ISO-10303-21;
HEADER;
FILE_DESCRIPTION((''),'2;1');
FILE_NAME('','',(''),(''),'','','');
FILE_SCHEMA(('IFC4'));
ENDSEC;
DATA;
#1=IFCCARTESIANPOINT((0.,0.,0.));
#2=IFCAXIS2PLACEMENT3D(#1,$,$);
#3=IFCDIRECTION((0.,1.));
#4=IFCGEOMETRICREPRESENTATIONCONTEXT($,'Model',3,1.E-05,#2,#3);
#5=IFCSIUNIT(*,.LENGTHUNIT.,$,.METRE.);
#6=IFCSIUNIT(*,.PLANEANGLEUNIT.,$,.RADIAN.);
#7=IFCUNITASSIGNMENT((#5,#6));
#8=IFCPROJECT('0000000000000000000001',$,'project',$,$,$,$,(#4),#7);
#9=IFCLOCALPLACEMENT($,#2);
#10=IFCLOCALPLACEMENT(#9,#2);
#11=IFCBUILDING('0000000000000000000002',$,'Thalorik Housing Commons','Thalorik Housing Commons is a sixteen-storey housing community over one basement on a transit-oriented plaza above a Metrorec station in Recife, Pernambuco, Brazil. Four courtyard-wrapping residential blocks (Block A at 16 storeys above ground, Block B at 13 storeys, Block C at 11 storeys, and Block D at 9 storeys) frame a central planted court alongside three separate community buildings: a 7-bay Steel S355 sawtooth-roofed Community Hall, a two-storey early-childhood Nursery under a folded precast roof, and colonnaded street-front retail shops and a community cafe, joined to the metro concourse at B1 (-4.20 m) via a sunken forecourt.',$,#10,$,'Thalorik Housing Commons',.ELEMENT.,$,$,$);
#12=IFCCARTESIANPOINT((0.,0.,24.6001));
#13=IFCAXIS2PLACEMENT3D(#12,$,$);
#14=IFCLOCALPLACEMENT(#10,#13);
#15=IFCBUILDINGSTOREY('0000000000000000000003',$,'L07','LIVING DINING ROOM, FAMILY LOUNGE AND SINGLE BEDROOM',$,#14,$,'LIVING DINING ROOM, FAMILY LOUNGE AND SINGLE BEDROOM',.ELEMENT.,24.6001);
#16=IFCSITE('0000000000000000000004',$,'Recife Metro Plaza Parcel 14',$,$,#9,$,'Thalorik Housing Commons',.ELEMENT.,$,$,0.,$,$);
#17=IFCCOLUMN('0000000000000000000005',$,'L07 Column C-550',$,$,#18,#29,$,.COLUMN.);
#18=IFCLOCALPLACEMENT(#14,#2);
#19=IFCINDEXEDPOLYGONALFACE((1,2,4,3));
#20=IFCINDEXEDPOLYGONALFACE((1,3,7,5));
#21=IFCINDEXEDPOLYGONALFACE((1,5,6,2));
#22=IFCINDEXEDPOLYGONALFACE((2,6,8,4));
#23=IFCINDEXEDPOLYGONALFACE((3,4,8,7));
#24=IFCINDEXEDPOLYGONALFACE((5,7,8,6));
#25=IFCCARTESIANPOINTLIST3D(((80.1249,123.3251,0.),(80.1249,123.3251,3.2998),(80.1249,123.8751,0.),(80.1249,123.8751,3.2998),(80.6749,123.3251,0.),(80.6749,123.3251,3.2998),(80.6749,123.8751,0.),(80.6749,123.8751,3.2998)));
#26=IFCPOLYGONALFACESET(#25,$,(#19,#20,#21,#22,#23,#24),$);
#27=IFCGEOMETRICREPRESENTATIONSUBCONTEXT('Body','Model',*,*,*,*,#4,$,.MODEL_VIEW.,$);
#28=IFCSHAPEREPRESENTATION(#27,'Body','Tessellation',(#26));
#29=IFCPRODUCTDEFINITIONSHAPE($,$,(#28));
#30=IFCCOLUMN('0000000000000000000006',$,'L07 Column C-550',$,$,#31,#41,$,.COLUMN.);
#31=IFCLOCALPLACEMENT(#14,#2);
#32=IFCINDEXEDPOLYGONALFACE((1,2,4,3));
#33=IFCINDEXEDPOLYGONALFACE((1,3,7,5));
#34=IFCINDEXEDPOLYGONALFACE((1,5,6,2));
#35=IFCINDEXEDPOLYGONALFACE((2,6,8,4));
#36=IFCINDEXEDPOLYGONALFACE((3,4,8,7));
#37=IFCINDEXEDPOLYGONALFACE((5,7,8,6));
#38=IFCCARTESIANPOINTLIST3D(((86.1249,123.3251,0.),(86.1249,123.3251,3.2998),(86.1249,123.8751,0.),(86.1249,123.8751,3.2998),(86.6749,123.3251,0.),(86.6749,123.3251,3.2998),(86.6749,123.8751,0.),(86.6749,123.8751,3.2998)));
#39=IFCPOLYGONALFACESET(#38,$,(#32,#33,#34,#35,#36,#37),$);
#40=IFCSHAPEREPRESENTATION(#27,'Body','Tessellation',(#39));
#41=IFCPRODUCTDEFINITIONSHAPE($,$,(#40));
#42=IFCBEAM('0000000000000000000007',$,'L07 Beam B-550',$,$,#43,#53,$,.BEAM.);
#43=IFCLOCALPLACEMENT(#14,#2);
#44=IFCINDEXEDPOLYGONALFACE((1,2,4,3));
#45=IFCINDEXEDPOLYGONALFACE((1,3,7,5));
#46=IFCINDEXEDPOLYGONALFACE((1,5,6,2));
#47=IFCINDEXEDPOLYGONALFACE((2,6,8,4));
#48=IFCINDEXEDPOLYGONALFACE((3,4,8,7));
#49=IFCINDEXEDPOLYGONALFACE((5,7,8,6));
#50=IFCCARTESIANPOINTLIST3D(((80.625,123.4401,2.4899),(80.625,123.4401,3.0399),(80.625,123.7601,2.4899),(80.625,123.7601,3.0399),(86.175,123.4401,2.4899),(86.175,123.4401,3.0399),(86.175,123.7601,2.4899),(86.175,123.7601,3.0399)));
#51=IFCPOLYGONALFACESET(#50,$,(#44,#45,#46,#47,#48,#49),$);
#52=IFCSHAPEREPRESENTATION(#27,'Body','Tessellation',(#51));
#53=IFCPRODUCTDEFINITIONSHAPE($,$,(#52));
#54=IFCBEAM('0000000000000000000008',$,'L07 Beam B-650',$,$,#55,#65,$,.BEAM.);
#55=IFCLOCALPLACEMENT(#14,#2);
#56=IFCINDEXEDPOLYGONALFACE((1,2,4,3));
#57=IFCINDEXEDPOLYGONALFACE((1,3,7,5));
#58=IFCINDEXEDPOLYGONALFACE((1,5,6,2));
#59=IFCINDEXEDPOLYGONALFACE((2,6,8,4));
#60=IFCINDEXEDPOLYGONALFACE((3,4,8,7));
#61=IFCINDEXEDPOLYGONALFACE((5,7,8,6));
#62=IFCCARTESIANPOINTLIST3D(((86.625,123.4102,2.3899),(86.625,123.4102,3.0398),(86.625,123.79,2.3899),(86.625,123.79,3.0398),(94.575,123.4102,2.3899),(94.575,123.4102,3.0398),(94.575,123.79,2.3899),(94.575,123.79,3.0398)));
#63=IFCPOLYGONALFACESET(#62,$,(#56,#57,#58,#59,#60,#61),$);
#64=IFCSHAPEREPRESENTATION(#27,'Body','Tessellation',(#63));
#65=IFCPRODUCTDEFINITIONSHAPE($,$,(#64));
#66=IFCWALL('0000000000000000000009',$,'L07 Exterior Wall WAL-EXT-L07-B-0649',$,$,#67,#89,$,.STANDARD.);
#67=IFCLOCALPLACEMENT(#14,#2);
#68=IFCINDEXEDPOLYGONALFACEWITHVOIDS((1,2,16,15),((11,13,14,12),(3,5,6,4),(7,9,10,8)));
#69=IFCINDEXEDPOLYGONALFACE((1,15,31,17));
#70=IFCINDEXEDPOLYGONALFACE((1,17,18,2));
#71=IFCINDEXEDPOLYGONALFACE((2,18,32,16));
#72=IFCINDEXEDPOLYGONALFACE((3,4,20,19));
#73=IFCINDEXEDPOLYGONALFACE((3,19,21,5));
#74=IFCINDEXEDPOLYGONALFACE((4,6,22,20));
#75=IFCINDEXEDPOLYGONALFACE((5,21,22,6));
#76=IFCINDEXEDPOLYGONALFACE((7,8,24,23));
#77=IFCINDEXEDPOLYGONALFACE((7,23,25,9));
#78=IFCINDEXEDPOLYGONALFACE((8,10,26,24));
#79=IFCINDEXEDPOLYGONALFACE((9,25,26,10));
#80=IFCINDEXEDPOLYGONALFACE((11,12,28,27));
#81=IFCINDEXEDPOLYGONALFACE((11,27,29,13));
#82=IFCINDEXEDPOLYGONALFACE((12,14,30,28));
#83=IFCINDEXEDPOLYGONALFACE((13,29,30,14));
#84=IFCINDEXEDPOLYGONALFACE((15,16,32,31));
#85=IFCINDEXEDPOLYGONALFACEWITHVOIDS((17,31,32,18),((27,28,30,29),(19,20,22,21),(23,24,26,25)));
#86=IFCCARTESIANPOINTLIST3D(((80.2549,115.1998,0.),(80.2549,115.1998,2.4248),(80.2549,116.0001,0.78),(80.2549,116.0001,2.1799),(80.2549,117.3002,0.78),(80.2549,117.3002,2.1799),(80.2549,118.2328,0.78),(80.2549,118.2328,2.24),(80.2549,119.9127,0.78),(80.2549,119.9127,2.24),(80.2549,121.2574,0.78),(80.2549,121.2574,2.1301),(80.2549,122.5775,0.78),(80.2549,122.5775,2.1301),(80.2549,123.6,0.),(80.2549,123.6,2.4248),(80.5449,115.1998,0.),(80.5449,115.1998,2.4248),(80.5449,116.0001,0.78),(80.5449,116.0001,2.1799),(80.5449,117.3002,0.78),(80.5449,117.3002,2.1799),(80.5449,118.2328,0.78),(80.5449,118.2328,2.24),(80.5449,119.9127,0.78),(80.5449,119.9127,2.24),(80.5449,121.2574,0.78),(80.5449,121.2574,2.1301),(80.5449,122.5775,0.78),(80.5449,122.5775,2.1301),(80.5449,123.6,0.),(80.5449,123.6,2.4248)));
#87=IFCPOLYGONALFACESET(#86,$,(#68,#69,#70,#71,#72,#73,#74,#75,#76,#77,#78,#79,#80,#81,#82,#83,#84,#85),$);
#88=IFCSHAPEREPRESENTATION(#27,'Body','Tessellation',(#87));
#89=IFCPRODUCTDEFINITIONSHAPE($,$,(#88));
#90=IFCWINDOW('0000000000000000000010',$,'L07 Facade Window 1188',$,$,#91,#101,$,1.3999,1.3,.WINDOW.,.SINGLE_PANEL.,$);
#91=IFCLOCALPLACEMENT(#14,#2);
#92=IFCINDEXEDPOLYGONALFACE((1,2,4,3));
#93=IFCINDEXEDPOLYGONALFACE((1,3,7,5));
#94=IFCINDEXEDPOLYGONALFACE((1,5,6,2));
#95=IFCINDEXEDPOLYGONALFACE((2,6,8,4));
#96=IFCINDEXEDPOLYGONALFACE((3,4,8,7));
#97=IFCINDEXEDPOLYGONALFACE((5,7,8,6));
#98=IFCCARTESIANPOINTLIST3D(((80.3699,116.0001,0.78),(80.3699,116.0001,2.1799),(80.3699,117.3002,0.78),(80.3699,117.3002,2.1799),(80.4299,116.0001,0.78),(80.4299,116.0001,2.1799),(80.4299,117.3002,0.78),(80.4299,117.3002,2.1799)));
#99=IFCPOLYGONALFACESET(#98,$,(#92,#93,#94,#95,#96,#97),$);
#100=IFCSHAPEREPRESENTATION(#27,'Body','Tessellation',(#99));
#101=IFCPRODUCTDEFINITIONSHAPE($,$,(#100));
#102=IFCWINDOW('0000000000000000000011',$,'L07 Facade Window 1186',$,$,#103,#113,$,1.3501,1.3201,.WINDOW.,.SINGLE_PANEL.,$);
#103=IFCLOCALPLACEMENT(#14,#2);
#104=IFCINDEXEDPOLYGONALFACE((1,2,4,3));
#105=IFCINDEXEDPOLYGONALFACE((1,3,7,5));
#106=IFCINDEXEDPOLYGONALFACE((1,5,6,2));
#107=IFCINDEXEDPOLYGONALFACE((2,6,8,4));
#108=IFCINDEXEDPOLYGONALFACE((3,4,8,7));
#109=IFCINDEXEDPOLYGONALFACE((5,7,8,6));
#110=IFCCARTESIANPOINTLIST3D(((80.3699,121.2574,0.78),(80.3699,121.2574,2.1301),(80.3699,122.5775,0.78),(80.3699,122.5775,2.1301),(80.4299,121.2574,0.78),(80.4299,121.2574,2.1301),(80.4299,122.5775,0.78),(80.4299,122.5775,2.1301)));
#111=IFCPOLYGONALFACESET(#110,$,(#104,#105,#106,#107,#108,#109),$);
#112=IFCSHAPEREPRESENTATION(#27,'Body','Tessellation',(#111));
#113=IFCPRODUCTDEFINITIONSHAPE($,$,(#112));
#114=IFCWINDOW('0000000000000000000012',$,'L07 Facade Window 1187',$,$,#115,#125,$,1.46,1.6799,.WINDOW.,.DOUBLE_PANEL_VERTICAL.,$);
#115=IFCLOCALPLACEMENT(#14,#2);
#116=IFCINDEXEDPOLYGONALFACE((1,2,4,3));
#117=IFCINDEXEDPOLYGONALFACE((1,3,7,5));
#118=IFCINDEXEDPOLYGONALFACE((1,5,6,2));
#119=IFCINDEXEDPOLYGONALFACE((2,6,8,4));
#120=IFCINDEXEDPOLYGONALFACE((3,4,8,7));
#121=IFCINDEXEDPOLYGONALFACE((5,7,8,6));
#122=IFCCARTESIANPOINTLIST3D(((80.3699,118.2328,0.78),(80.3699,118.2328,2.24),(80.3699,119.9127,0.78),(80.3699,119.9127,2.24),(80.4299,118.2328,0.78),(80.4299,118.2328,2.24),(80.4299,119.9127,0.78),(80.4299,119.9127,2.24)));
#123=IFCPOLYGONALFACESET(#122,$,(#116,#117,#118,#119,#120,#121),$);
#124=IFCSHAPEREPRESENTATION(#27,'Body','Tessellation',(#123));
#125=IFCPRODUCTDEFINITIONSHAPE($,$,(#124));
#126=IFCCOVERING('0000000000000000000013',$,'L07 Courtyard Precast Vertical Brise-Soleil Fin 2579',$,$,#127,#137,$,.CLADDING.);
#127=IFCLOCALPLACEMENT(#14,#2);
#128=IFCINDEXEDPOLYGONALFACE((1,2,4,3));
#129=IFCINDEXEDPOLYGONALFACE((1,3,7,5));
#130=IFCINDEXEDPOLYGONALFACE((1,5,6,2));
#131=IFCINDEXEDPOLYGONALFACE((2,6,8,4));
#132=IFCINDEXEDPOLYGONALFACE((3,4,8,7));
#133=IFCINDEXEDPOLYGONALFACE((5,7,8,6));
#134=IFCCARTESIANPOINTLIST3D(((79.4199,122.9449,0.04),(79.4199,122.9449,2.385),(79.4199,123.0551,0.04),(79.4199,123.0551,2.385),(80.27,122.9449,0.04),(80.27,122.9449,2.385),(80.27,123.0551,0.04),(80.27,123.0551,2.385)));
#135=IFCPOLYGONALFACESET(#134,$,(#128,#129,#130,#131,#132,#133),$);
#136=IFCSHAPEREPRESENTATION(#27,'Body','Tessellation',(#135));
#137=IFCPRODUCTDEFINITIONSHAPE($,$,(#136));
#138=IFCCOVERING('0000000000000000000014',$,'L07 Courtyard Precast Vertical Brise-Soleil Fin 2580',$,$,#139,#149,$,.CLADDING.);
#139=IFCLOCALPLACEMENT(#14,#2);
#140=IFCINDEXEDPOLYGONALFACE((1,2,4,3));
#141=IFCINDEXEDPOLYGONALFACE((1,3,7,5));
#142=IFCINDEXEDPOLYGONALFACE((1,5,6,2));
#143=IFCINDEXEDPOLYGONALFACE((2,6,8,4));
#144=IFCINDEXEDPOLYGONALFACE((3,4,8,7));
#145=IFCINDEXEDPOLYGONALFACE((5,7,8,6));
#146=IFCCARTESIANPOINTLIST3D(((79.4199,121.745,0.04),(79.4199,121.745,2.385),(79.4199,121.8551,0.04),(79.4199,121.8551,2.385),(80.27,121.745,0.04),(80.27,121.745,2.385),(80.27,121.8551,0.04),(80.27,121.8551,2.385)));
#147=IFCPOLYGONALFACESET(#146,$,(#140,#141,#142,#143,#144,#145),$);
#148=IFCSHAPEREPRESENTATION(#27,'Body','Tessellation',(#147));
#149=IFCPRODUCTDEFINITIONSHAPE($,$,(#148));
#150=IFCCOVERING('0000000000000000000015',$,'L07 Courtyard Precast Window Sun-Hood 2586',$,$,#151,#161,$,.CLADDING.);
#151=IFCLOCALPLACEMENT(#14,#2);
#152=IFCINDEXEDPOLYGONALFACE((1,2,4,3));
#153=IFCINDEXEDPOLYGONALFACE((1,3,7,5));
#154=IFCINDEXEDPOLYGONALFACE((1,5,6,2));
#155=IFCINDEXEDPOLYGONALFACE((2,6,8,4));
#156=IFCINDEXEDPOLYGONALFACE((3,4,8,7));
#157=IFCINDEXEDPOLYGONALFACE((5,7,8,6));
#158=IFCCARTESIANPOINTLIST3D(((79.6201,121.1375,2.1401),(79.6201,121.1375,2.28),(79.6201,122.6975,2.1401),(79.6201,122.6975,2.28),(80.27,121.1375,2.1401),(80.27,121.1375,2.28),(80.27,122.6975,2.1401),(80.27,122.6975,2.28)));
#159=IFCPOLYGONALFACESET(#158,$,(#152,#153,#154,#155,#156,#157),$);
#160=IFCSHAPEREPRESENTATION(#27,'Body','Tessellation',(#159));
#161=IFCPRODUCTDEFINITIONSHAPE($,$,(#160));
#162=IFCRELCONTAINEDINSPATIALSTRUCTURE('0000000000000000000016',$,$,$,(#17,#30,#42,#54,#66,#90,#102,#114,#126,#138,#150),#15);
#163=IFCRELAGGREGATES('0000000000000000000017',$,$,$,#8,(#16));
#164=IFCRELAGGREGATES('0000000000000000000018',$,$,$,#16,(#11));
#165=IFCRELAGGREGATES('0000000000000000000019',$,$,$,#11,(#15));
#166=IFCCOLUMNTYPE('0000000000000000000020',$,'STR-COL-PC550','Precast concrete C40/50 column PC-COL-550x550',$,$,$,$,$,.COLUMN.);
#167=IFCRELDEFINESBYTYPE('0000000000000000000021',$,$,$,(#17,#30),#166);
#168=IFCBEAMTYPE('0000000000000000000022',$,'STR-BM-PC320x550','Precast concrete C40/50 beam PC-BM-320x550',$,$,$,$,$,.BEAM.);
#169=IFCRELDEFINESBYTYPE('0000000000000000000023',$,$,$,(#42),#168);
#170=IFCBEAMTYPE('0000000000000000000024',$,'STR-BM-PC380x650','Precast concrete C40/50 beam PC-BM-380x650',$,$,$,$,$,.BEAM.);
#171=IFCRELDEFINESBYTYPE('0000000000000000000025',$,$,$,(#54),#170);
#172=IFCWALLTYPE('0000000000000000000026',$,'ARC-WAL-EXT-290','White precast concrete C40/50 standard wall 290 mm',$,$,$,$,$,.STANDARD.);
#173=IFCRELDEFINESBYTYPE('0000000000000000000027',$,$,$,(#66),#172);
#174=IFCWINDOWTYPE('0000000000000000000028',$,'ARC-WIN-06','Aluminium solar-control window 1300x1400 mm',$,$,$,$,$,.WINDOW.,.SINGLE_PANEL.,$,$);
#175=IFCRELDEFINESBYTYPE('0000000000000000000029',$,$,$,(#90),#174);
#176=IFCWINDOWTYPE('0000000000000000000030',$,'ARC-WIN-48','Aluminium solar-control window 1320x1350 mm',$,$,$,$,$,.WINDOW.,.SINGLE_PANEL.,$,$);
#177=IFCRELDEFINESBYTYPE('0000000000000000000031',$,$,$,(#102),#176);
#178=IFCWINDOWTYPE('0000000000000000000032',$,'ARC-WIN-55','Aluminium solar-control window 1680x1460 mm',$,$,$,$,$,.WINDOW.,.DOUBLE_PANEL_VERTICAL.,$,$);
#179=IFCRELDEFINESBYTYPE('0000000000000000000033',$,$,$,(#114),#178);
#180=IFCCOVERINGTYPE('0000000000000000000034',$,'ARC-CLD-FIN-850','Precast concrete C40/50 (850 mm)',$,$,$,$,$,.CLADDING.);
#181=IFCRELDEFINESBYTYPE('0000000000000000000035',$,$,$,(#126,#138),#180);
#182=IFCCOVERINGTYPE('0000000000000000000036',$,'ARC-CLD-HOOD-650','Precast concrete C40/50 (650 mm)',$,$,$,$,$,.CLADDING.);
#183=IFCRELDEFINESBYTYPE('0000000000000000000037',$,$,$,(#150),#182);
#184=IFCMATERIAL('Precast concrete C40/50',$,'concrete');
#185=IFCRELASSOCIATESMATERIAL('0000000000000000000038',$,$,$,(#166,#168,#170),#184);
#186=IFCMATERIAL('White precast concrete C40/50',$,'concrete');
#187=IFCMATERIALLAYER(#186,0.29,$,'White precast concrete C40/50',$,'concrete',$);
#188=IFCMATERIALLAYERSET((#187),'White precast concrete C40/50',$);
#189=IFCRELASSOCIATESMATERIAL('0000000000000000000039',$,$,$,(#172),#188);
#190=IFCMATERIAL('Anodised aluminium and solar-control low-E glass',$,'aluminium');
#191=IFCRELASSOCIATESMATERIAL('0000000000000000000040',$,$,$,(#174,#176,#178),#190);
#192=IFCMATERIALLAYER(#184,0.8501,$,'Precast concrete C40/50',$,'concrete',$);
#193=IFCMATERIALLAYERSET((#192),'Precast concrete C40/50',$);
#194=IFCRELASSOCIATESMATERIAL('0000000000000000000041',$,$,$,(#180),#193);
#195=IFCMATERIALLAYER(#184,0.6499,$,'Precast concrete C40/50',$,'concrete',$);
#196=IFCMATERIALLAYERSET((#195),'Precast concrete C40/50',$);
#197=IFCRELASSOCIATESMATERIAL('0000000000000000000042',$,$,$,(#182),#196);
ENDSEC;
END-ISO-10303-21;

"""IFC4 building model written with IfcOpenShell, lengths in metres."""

from ifc_helpers import new_model, si_unit, direction, frame, frame_2d, origin, origin_2d, place, context, subcontext, project, spatial, rectangle, extrude, material, layer, layer_set, material_profile, profile_set, type_object, element, fill, save


model = new_model("IFC4")

# Units and contexts
model_context = context("Model", 3, precision=1e-05, world=origin(), true_north=direction((0.0, 1.0)))
body_context = subcontext(model_context, "Body", "Model", "MODEL_VIEW")
ifc_project = project(units=[si_unit("LENGTHUNIT", "METRE"), si_unit("PLANEANGLEUNIT", "RADIAN")], contexts=[model_context])

# Site, building, storey
site_placement = place(None, origin())
site = spatial("IfcSite", under=ifc_project, at=site_placement, Name="Recife Metro Plaza Parcel 14", LongName="Thalorik Housing Commons", CompositionType="ELEMENT", RefElevation=0.0)
building_placement = place(site_placement, origin())
building = spatial("IfcBuilding", under=site, at=building_placement, Name="Thalorik Housing Commons", Description="Thalorik Housing Commons is a sixteen-storey housing community over one basement on a transit-oriented plaza above a Metrorec station in Recife, Pernambuco, Brazil. Four courtyard-wrapping residential blocks (Block A at 16 storeys above ground, Block B at 13 storeys, Block C at 11 storeys, and Block D at 9 storeys) frame a central planted court alongside three separate community buildings: a 7-bay Steel S355 sawtooth-roofed Community Hall, a two-storey early-childhood Nursery under a folded precast roof, and colonnaded street-front retail shops and a community cafe, joined to the metro concourse at B1 (-4.20 m) via a sunken forecourt.", LongName="Thalorik Housing Commons", CompositionType="ELEMENT")
storey_placement = place(building_placement, frame((0.0, 0.0, 24.6001)))
storey = spatial("IfcBuildingStorey", under=building, at=storey_placement, Name="L07", Description="LIVING DINING ROOM, FAMILY LOUNGE AND SINGLE BEDROOM", LongName="LIVING DINING ROOM, FAMILY LOUNGE AND SINGLE BEDROOM", CompositionType="ELEMENT", Elevation=24.6001)

# Columns
ifc_material_1 = material(Name="Precast concrete C40/50", Category="concrete")
ifc_material_profile_1 = material_profile(ifc_material_1, rectangle(XDim=0.55, YDim=0.55, at=origin_2d()), Name="PC 550x550", Category="concrete")
ifc_profile_set_1 = profile_set([ifc_material_profile_1], Name="Precast concrete C40/50")
column_type = type_object("IfcColumnType", Name="STR-COL-PC550", Description="Precast concrete C40/50 column PC-COL-550x550", PredefinedType="COLUMN", material=ifc_profile_set_1)
for number, where, z_axis, x_axis, name in (
    (1, (80.3999, 123.6001, 0.0), (0.0, 0.0, 1.0), (1.0, 0.0, 0.0), "L07 Column C-550"),
    (2, (86.3999, 123.6001, 0.0), (0.0, 0.0, 1.0), (1.0, 0.0, 0.0), "L07 Column C-550"),
):
    element("IfcColumn", number, at=place(storey_placement, frame(where, z_axis=z_axis, x_axis=x_axis)), inside=storey, type_object=column_type, Name=name, PredefinedType="COLUMN", context=body_context, shape_type="SweptSolid", body=[
        extrude(rectangle(XDim=0.55, YDim=0.55, at=origin_2d()), origin(), (0.0, 0.0, 1.0), 3.2998),
    ])

# Beams
ifc_material_profile_2 = material_profile(ifc_material_1, rectangle(XDim=0.3201, YDim=0.55, at=origin_2d()), Name="PC 320x550", Category="concrete")
ifc_profile_set_2 = profile_set([ifc_material_profile_2], Name="Precast concrete C40/50")
beam_type_1 = type_object("IfcBeamType", Name="STR-BM-PC320x550", Description="Precast concrete C40/50 beam PC-BM-320x550", PredefinedType="BEAM", material=ifc_profile_set_2)
beam_1_placement = place(storey_placement, frame((80.625, 123.6001, 2.7649), z_axis=(1.0, 0.0, 0.0), x_axis=(0.0, 1.0, 0.0)))
element("IfcBeam", 3, at=beam_1_placement, inside=storey, type_object=beam_type_1, Name="L07 Beam B-550", PredefinedType="BEAM", context=body_context, shape_type="SweptSolid", body=[
    extrude(rectangle(XDim=0.3201, YDim=0.55, at=origin_2d()), origin(), (0.0, 0.0, 1.0), 5.55),
])
ifc_material_profile_3 = material_profile(ifc_material_1, rectangle(XDim=0.3799, YDim=0.6499, at=origin_2d()), Name="PC 380x650", Category="concrete")
ifc_profile_set_3 = profile_set([ifc_material_profile_3], Name="Precast concrete C40/50")
beam_type_2 = type_object("IfcBeamType", Name="STR-BM-PC380x650", Description="Precast concrete C40/50 beam PC-BM-380x650", PredefinedType="BEAM", material=ifc_profile_set_3)
beam_2_placement = place(storey_placement, frame((86.625, 123.6001, 2.7148), z_axis=(1.0, 0.0, 0.0), x_axis=(0.0, 1.0, 0.0)))
element("IfcBeam", 4, at=beam_2_placement, inside=storey, type_object=beam_type_2, Name="L07 Beam B-650", PredefinedType="BEAM", context=body_context, shape_type="SweptSolid", body=[
    extrude(rectangle(XDim=0.3799, YDim=0.6499, at=origin_2d()), origin(), (0.0, 0.0, 1.0), 7.95),
])

# Shared definitions
ifc_material_2 = material(Name="White precast concrete C40/50", Category="concrete")
ifc_layer_1 = layer(ifc_material_2, 0.29, Name="White precast concrete C40/50", Category="concrete")
ifc_layer_set_1 = layer_set([ifc_layer_1], Name="White precast concrete C40/50")
wall_type = type_object("IfcWallType", Name="ARC-WAL-EXT-290", Description="White precast concrete C40/50 standard wall 290 mm", PredefinedType="STANDARD", material=ifc_layer_set_1)
ifc_material_3 = material(Name="Anodised aluminium and solar-control low-E glass", Category="aluminium")
window_type_1 = type_object("IfcWindowType", Name="ARC-WIN-06", Description="Aluminium solar-control window 1300x1400 mm", PartitioningType="SINGLE_PANEL", PredefinedType="WINDOW", material=ifc_material_3)

# Wall, openings, windows
wall_1_placement = place(storey_placement, frame((80.3999, 123.6001, 0.0), z_axis=(0.0, 0.0, 1.0), x_axis=(0.0, -1.0, 0.0)))
wall_1 = element("IfcWall", 5, at=wall_1_placement, inside=storey, type_object=wall_type, Name="L07 Exterior Wall WAL-EXT-L07-B-0649", PredefinedType="STANDARD", context=body_context, shape_type="SweptSolid", body=[
    extrude(rectangle(XDim=8.4001, YDim=0.29, at=frame_2d((4.2002, 0.0))), origin(), (0.0, 0.0, 1.0), 2.4248),
])
opening_1_placement = place(wall_1_placement, frame((1.0225, 0.0, 0.78)))
opening_1 = element("IfcOpeningElement", 6, at=opening_1_placement, cuts=wall_1, PredefinedType="OPENING", context=body_context, shape_type="SweptSolid", body=[
    extrude(rectangle(XDim=1.3201, YDim=1.3501, at=frame_2d((0.6602, 0.675))), frame((0.0, 0.155, 0.0), z_axis=(0.0, -1.0, 0.0), x_axis=(1.0, 0.0, 0.0)), (0.0, 0.0, 1.0), 0.3101),
])
opening_2_placement = place(wall_1_placement, frame((3.6875, 0.0, 0.78)))
opening_2 = element("IfcOpeningElement", 7, at=opening_2_placement, cuts=wall_1, PredefinedType="OPENING", context=body_context, shape_type="SweptSolid", body=[
    extrude(rectangle(XDim=1.6799, YDim=1.46, at=frame_2d((0.8398, 0.73))), frame((0.0, 0.155, 0.0), z_axis=(0.0, -1.0, 0.0), x_axis=(1.0, 0.0, 0.0)), (0.0, 0.0, 1.0), 0.3101),
])
opening_3_placement = place(wall_1_placement, frame((6.3, 0.0, 0.78)))
opening_3 = element("IfcOpeningElement", 8, at=opening_3_placement, cuts=wall_1, PredefinedType="OPENING", context=body_context, shape_type="SweptSolid", body=[
    extrude(rectangle(XDim=1.3, YDim=1.3999, at=frame_2d((0.6499, 0.7))), frame((0.0, 0.155, 0.0), z_axis=(0.0, -1.0, 0.0), x_axis=(1.0, 0.0, 0.0)), (0.0, 0.0, 1.0), 0.3101),
])
window_1_placement = place(opening_3_placement, origin())
window_1 = element("IfcWindow", 9, at=window_1_placement, inside=storey, type_object=window_type_1, Name="L07 Facade Window 1188", OverallHeight=1.3999, OverallWidth=1.3, PartitioningType="SINGLE_PANEL", PredefinedType="WINDOW", context=body_context, shape_type="SweptSolid", body=[
    extrude(rectangle(XDim=1.3, YDim=1.3999, at=frame_2d((0.6499, 0.7))), frame((0.0, 0.03, 0.0), z_axis=(0.0, -1.0, 0.0), x_axis=(1.0, 0.0, 0.0)), (0.0, 0.0, 1.0), 0.0601),
])
fill(opening_3, window_1)
window_type_2 = type_object("IfcWindowType", Name="ARC-WIN-48", Description="Aluminium solar-control window 1320x1350 mm", PartitioningType="SINGLE_PANEL", PredefinedType="WINDOW", material=ifc_material_3)
window_2_placement = place(opening_1_placement, origin())
window_2 = element("IfcWindow", 10, at=window_2_placement, inside=storey, type_object=window_type_2, Name="L07 Facade Window 1186", OverallHeight=1.3501, OverallWidth=1.3201, PartitioningType="SINGLE_PANEL", PredefinedType="WINDOW", context=body_context, shape_type="SweptSolid", body=[
    extrude(rectangle(XDim=1.3201, YDim=1.3501, at=frame_2d((0.6602, 0.675))), frame((0.0, 0.03, 0.0), z_axis=(0.0, -1.0, 0.0), x_axis=(1.0, 0.0, 0.0)), (0.0, 0.0, 1.0), 0.0601),
])
fill(opening_1, window_2)
window_type_3 = type_object("IfcWindowType", Name="ARC-WIN-55", Description="Aluminium solar-control window 1680x1460 mm", PartitioningType="DOUBLE_PANEL_VERTICAL", PredefinedType="WINDOW", material=ifc_material_3)
window_3_placement = place(opening_2_placement, origin())
window_3 = element("IfcWindow", 11, at=window_3_placement, inside=storey, type_object=window_type_3, Name="L07 Facade Window 1187", OverallHeight=1.46, OverallWidth=1.6799, PartitioningType="DOUBLE_PANEL_VERTICAL", PredefinedType="WINDOW", context=body_context, shape_type="SweptSolid", body=[
    extrude(rectangle(XDim=1.6799, YDim=1.46, at=frame_2d((0.8398, 0.73))), frame((0.0, 0.03, 0.0), z_axis=(0.0, -1.0, 0.0), x_axis=(1.0, 0.0, 0.0)), (0.0, 0.0, 1.0), 0.0601),
])
fill(opening_2, window_3)

# Coverings
ifc_layer_2 = layer(ifc_material_1, 0.8501, Name="Precast concrete C40/50", Category="concrete")
ifc_layer_set_2 = layer_set([ifc_layer_2], Name="Precast concrete C40/50")
covering_type_1 = type_object("IfcCoveringType", Name="ARC-CLD-FIN-850", Description="Precast concrete C40/50 (850 mm)", PredefinedType="CLADDING", material=ifc_layer_set_2)
for number, where, z_axis, x_axis, name in (
    (12, (79.845, 123.0, 0.04), (0.0, 0.0, 1.0), (0.0, -1.0, 0.0), "L07 Courtyard Precast Vertical Brise-Soleil Fin 2579"),
    (13, (79.845, 121.8, 0.04), (0.0, 0.0, 1.0), (0.0, -1.0, 0.0), "L07 Courtyard Precast Vertical Brise-Soleil Fin 2580"),
):
    element("IfcCovering", number, at=place(storey_placement, frame(where, z_axis=z_axis, x_axis=x_axis)), inside=storey, type_object=covering_type_1, Name=name, PredefinedType="CLADDING", context=body_context, shape_type="SweptSolid", body=[
        extrude(rectangle(XDim=0.1101, YDim=0.8501, at=origin_2d()), origin(), (0.0, 0.0, 1.0), 2.345),
    ])
ifc_layer_3 = layer(ifc_material_1, 0.6499, Name="Precast concrete C40/50", Category="concrete")
ifc_layer_set_3 = layer_set([ifc_layer_3], Name="Precast concrete C40/50")
covering_type_2 = type_object("IfcCoveringType", Name="ARC-CLD-HOOD-650", Description="Precast concrete C40/50 (650 mm)", PredefinedType="CLADDING", material=ifc_layer_set_3)
covering_1_placement = place(storey_placement, frame((79.9451, 121.9175, 2.1401), z_axis=(0.0, 0.0, 1.0), x_axis=(0.0, -1.0, 0.0)))
element("IfcCovering", 14, at=covering_1_placement, inside=storey, type_object=covering_type_2, Name="L07 Courtyard Precast Window Sun-Hood 2586", PredefinedType="CLADDING", context=body_context, shape_type="SweptSolid", body=[
    extrude(rectangle(XDim=1.5601, YDim=0.6499, at=origin_2d()), origin(), (0.0, 0.0, 1.0), 0.1399),
])

save(model, "model.ifc")
